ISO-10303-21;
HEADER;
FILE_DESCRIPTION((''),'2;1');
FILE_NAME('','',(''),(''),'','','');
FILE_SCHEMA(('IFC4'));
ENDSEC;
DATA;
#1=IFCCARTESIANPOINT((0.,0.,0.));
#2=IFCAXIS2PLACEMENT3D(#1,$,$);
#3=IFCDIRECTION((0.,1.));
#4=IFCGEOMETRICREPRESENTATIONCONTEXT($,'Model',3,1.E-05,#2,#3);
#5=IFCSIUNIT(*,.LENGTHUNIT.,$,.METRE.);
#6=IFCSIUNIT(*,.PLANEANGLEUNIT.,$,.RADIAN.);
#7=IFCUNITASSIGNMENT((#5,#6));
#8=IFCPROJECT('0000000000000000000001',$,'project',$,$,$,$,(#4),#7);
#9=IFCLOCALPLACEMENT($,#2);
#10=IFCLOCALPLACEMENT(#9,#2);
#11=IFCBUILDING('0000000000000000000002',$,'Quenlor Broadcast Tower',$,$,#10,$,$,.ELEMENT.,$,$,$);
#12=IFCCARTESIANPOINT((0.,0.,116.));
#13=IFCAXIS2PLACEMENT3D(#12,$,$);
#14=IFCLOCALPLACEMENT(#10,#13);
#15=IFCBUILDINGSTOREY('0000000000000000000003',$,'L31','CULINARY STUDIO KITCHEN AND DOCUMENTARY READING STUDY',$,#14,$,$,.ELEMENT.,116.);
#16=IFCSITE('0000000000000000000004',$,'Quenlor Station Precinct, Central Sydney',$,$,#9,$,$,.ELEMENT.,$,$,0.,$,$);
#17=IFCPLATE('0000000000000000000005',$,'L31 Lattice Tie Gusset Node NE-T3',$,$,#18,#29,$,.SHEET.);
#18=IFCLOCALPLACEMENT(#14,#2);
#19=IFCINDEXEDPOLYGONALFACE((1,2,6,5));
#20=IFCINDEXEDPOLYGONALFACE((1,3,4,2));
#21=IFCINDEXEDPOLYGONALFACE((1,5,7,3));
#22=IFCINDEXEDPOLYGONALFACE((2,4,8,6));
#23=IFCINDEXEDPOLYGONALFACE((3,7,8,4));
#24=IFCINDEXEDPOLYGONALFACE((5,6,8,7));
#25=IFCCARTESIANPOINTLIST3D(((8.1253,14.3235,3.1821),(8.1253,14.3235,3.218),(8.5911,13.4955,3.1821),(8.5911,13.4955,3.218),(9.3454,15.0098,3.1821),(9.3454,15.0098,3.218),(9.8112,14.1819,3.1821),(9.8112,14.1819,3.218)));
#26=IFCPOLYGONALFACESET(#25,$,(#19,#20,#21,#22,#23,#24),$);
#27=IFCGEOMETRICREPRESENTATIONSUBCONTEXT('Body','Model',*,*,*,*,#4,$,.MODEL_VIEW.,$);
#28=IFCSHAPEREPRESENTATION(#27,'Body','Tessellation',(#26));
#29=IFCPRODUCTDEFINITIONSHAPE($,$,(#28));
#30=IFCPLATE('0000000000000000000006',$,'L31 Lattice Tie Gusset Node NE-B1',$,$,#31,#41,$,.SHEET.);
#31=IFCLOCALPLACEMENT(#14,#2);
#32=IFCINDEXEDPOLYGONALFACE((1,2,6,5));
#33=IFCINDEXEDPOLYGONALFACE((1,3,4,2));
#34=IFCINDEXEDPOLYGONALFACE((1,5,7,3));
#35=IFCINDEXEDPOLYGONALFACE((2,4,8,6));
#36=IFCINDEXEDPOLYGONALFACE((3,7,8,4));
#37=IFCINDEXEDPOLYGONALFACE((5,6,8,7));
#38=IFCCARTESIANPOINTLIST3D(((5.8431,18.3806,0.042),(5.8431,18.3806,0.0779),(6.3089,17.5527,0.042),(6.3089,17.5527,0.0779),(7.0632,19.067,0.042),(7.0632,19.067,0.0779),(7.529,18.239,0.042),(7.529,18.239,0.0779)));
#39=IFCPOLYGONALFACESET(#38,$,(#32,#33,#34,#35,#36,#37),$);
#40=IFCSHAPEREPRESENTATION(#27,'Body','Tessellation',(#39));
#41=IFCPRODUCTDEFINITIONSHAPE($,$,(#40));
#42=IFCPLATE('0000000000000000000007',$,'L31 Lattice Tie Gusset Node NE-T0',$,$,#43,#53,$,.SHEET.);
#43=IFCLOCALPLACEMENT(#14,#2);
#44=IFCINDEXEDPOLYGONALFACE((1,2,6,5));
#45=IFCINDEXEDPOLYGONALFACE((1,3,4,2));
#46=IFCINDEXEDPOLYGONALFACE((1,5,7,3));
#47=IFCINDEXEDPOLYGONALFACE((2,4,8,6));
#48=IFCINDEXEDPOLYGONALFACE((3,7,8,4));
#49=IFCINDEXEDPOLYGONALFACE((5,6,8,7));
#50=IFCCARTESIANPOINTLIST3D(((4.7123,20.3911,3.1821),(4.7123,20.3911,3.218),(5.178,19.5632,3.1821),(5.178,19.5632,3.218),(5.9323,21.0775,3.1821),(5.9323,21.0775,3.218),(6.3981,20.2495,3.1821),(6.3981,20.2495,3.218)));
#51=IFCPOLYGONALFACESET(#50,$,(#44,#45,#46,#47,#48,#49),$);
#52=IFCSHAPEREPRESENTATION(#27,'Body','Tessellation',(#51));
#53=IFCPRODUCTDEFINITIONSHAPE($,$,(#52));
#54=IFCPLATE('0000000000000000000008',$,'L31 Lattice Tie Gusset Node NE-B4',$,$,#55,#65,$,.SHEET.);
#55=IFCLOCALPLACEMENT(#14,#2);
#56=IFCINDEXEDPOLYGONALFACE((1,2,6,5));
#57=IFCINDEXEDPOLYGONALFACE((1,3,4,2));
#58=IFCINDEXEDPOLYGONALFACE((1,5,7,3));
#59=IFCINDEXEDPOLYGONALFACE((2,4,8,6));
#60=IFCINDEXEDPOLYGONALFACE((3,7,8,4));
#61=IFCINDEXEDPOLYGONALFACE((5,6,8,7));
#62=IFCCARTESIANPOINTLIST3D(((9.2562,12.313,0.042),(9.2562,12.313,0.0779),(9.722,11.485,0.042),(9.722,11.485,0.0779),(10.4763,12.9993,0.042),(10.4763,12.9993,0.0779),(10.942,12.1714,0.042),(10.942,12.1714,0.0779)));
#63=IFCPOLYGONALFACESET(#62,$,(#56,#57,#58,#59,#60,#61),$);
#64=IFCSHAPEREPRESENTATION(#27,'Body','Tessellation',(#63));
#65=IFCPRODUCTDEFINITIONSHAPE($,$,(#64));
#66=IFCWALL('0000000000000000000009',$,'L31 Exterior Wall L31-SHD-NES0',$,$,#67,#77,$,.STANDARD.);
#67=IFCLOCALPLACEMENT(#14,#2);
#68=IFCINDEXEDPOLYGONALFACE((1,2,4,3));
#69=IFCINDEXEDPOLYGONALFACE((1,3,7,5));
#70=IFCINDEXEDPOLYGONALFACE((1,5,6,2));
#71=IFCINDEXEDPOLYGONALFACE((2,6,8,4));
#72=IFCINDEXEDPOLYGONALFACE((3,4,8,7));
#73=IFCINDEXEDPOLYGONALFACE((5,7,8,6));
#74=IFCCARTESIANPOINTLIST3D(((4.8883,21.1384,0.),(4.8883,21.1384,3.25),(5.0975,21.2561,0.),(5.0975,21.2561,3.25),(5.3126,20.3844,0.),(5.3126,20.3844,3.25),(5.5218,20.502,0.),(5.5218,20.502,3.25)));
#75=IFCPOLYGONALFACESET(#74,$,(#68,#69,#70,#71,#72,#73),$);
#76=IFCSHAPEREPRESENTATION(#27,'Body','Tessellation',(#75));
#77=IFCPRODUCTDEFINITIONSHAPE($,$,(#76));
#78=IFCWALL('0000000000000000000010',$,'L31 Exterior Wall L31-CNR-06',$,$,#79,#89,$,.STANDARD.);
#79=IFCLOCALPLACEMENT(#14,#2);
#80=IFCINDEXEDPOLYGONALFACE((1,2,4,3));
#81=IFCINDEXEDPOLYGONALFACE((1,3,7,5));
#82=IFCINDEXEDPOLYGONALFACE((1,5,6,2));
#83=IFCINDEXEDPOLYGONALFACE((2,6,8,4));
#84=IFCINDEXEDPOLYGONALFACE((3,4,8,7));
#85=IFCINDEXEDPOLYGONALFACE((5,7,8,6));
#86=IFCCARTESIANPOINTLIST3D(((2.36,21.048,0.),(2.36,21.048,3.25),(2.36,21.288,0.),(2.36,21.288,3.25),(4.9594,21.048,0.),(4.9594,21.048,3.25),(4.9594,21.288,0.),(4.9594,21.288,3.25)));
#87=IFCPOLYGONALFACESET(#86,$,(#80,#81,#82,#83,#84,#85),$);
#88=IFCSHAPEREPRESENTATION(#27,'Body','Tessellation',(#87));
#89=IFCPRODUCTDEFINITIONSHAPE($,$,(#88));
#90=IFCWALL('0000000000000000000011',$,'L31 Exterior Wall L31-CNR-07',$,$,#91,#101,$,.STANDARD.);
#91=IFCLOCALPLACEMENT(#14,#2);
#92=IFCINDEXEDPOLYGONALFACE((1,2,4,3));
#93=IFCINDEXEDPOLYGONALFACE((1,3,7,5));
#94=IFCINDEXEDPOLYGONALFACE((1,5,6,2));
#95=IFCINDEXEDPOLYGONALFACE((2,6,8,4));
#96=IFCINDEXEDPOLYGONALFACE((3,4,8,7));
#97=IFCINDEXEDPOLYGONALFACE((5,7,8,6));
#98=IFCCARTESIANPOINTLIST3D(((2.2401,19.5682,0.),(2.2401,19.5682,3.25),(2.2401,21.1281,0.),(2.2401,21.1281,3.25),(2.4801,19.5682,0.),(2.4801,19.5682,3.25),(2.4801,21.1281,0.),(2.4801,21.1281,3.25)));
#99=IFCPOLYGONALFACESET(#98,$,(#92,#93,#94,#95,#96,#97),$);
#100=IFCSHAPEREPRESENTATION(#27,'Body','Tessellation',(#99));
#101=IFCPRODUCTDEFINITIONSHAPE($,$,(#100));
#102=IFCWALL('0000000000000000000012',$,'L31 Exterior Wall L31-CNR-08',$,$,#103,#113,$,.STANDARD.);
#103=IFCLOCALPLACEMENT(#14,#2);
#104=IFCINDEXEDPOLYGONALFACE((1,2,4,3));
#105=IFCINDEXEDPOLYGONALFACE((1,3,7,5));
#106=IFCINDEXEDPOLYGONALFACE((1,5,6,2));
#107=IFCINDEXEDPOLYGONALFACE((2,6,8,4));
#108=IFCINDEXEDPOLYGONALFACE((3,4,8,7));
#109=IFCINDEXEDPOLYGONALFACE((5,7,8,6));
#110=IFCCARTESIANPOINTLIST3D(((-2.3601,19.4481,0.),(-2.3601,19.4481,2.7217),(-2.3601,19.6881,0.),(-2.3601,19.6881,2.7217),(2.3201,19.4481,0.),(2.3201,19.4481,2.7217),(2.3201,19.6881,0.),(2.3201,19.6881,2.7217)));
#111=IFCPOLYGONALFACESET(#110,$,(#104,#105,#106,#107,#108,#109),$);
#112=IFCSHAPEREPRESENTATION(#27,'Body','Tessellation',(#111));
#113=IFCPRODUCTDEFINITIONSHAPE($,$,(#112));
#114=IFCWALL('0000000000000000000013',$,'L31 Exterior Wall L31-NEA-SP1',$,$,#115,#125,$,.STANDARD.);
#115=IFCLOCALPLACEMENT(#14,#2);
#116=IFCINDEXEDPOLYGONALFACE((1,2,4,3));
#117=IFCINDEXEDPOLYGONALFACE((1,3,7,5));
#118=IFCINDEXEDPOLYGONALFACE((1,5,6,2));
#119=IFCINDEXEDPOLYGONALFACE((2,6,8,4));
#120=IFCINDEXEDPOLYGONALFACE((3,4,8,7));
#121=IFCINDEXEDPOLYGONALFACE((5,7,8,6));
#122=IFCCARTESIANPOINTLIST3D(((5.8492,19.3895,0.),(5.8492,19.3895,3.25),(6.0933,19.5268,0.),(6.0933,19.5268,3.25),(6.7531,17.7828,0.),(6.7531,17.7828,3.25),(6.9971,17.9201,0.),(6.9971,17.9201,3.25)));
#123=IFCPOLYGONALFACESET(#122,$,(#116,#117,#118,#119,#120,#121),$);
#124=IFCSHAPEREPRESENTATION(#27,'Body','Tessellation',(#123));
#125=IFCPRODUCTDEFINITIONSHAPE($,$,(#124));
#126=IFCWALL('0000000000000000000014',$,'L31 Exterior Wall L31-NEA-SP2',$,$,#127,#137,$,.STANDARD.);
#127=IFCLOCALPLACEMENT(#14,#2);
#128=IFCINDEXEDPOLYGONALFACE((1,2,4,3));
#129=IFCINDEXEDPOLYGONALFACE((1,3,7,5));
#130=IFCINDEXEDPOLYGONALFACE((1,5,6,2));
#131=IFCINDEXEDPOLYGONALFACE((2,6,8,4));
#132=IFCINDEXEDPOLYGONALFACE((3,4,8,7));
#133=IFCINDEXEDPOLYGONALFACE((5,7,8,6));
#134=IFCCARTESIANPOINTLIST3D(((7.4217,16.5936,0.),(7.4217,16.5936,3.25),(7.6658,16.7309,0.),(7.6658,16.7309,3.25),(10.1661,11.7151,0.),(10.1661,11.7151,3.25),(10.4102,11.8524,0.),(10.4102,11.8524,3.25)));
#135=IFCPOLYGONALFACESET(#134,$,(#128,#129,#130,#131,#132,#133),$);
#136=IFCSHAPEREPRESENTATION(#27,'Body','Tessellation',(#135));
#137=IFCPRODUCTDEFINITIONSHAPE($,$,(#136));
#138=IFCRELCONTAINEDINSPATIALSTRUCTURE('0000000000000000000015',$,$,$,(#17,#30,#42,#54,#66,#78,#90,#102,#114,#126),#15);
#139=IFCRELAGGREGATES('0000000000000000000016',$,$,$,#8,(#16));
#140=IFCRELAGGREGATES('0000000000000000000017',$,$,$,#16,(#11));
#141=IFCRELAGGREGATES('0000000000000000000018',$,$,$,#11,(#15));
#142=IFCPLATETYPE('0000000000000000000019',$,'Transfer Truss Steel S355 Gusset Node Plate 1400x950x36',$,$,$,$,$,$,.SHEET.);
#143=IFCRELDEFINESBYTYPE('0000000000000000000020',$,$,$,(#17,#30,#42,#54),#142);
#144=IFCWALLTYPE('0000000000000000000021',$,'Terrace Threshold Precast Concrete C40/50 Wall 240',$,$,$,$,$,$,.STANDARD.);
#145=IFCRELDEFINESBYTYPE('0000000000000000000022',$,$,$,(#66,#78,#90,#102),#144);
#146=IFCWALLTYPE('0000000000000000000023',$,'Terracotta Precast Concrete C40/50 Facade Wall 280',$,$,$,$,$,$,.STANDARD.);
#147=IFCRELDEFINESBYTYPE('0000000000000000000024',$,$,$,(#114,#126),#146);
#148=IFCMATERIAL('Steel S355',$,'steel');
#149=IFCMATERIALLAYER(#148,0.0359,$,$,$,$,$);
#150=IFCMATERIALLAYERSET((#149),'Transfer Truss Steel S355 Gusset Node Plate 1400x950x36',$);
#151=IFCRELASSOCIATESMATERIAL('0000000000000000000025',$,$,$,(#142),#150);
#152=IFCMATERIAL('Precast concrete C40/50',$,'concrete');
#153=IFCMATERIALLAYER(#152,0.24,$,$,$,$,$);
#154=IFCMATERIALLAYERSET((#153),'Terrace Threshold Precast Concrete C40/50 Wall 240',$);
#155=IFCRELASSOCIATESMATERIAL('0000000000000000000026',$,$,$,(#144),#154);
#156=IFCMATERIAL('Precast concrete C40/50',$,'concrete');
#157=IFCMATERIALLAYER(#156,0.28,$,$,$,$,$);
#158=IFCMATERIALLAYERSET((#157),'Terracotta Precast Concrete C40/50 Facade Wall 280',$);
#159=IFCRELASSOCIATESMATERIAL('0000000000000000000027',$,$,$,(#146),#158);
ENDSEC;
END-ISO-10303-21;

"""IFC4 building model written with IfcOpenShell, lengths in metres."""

from ifc_helpers import new_model, si_unit, direction, frame, frame_2d, origin, origin_2d, place, context, subcontext, project, spatial, rectangle, extrude, material, layer, layer_set, type_object, element, save


model = new_model("IFC4")

# Units and contexts
model_context = context("Model", 3, precision=1e-05, world=origin(), true_north=direction((0.0, 1.0)))
body_context = subcontext(model_context, "Body", "Model", "MODEL_VIEW")
ifc_project = project(units=[si_unit("LENGTHUNIT", "METRE"), si_unit("PLANEANGLEUNIT", "RADIAN")], contexts=[model_context])

# Site, building, storey
site_placement = place(None, origin())
site = spatial("IfcSite", under=ifc_project, at=site_placement, Name="Quenlor Station Precinct, Central Sydney", CompositionType="ELEMENT", RefElevation=0.0)
building_placement = place(site_placement, origin())
building = spatial("IfcBuilding", under=site, at=building_placement, Name="Quenlor Broadcast Tower", CompositionType="ELEMENT")
storey_placement = place(building_placement, frame((0.0, 0.0, 116.0)))
storey = spatial("IfcBuildingStorey", under=building, at=storey_placement, Name="L31", Description="CULINARY STUDIO KITCHEN AND DOCUMENTARY READING STUDY", CompositionType="ELEMENT", Elevation=116.0)

# Plates
ifc_material_1 = material(Name="Steel S355", Category="steel")
ifc_layer_1 = layer(ifc_material_1, 0.0359)
ifc_layer_set_1 = layer_set([ifc_layer_1], Name="Transfer Truss Steel S355 Gusset Node Plate 1400x950x36")
plate_type_1 = type_object("IfcPlateType", Name="Transfer Truss Steel S355 Gusset Node Plate 1400x950x36", PredefinedType="SHEET", material=ifc_layer_set_1)
for number, where, z_axis, x_axis, name in (
    (1, (8.9683, 14.2527, 3.1821), (0.0, 0.0, 1.0), (0.871556, 0.490295, 0.0), "L31 Lattice Tie Gusset Node NE-T3"),
    (2, (6.686, 18.3098, 0.042), (0.0, 0.0, 1.0), (0.871556, 0.490295, 0.0), "L31 Lattice Tie Gusset Node NE-B1"),
    (3, (5.5552, 20.3203, 3.1821), (0.0, 0.0, 1.0), (0.871556, 0.490295, 0.0), "L31 Lattice Tie Gusset Node NE-T0"),
    (4, (10.0991, 12.2422, 0.042), (0.0, 0.0, 1.0), (0.871556, 0.490295, 0.0), "L31 Lattice Tie Gusset Node NE-B4"),
):
    element("IfcPlate", number, at=place(storey_placement, frame(where, z_axis=z_axis, x_axis=x_axis)), inside=storey, type_object=plate_type_1, Name=name, PredefinedType="SHEET", context=body_context, shape_type="SweptSolid", body=[
        extrude(rectangle(XDim=1.3999, YDim=0.95, at=origin_2d()), origin(), (0.0, 0.0, 1.0), 0.0359),
    ])

# Walls
ifc_material_2 = material(Name="Precast concrete C40/50", Category="concrete")
ifc_layer_2 = layer(ifc_material_2, 0.24)
ifc_layer_set_2 = layer_set([ifc_layer_2], Name="Terrace Threshold Precast Concrete C40/50 Wall 240")
wall_type_1 = type_object("IfcWallType", Name="Terrace Threshold Precast Concrete C40/50 Wall 240", PredefinedType="STANDARD", material=ifc_layer_set_2)
wall_1_placement = place(storey_placement, frame((4.9929, 21.1973, 0.0), z_axis=(0.0, 0.0, 1.0), x_axis=(0.490355, -0.871523, 0.0)))
element("IfcWall", 5, at=wall_1_placement, inside=storey, type_object=wall_type_1, Name="L31 Exterior Wall L31-SHD-NES0", PredefinedType="STANDARD", context=body_context, shape_type="SweptSolid", body=[
    extrude(rectangle(XDim=0.8652, YDim=0.24, at=frame_2d((0.4326, 0.0))), origin(), (0.0, 0.0, 1.0), 3.25),
])
wall_2_placement = place(storey_placement, frame((4.9595, 21.168, 0.0), z_axis=(0.0, 0.0, 1.0), x_axis=(-1.0, 0.0, 0.0)))
element("IfcWall", 6, at=wall_2_placement, inside=storey, type_object=wall_type_1, Name="L31 Exterior Wall L31-CNR-06", PredefinedType="STANDARD", context=body_context, shape_type="SweptSolid", body=[
    extrude(rectangle(XDim=2.5994, YDim=0.24, at=frame_2d((1.2998, 0.0))), origin(), (0.0, 0.0, 1.0), 3.25),
])
wall_3_placement = place(storey_placement, frame((2.3601, 21.1279, 0.0), z_axis=(0.0, 0.0, 1.0), x_axis=(0.0, -1.0, 0.0)))
element("IfcWall", 7, at=wall_3_placement, inside=storey, type_object=wall_type_1, Name="L31 Exterior Wall L31-CNR-07", PredefinedType="STANDARD", context=body_context, shape_type="SweptSolid", body=[
    extrude(rectangle(XDim=1.5598, YDim=0.24, at=frame_2d((0.7798, 0.0))), origin(), (0.0, 0.0, 1.0), 3.25),
])
wall_4_placement = place(storey_placement, frame((2.3201, 19.5681, 0.0), z_axis=(0.0, 0.0, 1.0), x_axis=(-1.0, 0.0, 0.0)))
element("IfcWall", 8, at=wall_4_placement, inside=storey, type_object=wall_type_1, Name="L31 Exterior Wall L31-CNR-08", PredefinedType="STANDARD", context=body_context, shape_type="SweptSolid", body=[
    extrude(rectangle(XDim=4.6802, YDim=0.24, at=frame_2d((2.3401, 0.0))), origin(), (0.0, 0.0, 1.0), 2.7217),
])
ifc_material_3 = material(Name="Precast concrete C40/50", Category="concrete")
ifc_layer_3 = layer(ifc_material_3, 0.28)
ifc_layer_set_3 = layer_set([ifc_layer_3], Name="Terracotta Precast Concrete C40/50 Facade Wall 280")
wall_type_2 = type_object("IfcWallType", Name="Terracotta Precast Concrete C40/50 Facade Wall 280", PredefinedType="STANDARD", material=ifc_layer_set_3)
wall_5_placement = place(storey_placement, frame((5.9712, 19.4583, 0.0), z_axis=(0.0, 0.0, 1.0), x_axis=(0.49028, -0.871565, 0.0)))
element("IfcWall", 9, at=wall_5_placement, inside=storey, type_object=wall_type_2, Name="L31 Exterior Wall L31-NEA-SP1", PredefinedType="STANDARD", context=body_context, shape_type="SweptSolid", body=[
    extrude(rectangle(XDim=1.8435, YDim=0.28, at=frame_2d((0.9219, 0.0))), origin(), (0.0, 0.0, 1.0), 3.25),
])
wall_6_placement = place(storey_placement, frame((7.5437, 16.6624, 0.0), z_axis=(0.0, 0.0, 1.0), x_axis=(0.490299, -0.871555, 0.0)))
element("IfcWall", 10, at=wall_6_placement, inside=storey, type_object=wall_type_2, Name="L31 Exterior Wall L31-NEA-SP2", PredefinedType="STANDARD", context=body_context, shape_type="SweptSolid", body=[
    extrude(rectangle(XDim=5.5974, YDim=0.28, at=frame_2d((2.7988, 0.0))), origin(), (0.0, 0.0, 1.0), 3.25),
])

save(model, "model.ifc")
